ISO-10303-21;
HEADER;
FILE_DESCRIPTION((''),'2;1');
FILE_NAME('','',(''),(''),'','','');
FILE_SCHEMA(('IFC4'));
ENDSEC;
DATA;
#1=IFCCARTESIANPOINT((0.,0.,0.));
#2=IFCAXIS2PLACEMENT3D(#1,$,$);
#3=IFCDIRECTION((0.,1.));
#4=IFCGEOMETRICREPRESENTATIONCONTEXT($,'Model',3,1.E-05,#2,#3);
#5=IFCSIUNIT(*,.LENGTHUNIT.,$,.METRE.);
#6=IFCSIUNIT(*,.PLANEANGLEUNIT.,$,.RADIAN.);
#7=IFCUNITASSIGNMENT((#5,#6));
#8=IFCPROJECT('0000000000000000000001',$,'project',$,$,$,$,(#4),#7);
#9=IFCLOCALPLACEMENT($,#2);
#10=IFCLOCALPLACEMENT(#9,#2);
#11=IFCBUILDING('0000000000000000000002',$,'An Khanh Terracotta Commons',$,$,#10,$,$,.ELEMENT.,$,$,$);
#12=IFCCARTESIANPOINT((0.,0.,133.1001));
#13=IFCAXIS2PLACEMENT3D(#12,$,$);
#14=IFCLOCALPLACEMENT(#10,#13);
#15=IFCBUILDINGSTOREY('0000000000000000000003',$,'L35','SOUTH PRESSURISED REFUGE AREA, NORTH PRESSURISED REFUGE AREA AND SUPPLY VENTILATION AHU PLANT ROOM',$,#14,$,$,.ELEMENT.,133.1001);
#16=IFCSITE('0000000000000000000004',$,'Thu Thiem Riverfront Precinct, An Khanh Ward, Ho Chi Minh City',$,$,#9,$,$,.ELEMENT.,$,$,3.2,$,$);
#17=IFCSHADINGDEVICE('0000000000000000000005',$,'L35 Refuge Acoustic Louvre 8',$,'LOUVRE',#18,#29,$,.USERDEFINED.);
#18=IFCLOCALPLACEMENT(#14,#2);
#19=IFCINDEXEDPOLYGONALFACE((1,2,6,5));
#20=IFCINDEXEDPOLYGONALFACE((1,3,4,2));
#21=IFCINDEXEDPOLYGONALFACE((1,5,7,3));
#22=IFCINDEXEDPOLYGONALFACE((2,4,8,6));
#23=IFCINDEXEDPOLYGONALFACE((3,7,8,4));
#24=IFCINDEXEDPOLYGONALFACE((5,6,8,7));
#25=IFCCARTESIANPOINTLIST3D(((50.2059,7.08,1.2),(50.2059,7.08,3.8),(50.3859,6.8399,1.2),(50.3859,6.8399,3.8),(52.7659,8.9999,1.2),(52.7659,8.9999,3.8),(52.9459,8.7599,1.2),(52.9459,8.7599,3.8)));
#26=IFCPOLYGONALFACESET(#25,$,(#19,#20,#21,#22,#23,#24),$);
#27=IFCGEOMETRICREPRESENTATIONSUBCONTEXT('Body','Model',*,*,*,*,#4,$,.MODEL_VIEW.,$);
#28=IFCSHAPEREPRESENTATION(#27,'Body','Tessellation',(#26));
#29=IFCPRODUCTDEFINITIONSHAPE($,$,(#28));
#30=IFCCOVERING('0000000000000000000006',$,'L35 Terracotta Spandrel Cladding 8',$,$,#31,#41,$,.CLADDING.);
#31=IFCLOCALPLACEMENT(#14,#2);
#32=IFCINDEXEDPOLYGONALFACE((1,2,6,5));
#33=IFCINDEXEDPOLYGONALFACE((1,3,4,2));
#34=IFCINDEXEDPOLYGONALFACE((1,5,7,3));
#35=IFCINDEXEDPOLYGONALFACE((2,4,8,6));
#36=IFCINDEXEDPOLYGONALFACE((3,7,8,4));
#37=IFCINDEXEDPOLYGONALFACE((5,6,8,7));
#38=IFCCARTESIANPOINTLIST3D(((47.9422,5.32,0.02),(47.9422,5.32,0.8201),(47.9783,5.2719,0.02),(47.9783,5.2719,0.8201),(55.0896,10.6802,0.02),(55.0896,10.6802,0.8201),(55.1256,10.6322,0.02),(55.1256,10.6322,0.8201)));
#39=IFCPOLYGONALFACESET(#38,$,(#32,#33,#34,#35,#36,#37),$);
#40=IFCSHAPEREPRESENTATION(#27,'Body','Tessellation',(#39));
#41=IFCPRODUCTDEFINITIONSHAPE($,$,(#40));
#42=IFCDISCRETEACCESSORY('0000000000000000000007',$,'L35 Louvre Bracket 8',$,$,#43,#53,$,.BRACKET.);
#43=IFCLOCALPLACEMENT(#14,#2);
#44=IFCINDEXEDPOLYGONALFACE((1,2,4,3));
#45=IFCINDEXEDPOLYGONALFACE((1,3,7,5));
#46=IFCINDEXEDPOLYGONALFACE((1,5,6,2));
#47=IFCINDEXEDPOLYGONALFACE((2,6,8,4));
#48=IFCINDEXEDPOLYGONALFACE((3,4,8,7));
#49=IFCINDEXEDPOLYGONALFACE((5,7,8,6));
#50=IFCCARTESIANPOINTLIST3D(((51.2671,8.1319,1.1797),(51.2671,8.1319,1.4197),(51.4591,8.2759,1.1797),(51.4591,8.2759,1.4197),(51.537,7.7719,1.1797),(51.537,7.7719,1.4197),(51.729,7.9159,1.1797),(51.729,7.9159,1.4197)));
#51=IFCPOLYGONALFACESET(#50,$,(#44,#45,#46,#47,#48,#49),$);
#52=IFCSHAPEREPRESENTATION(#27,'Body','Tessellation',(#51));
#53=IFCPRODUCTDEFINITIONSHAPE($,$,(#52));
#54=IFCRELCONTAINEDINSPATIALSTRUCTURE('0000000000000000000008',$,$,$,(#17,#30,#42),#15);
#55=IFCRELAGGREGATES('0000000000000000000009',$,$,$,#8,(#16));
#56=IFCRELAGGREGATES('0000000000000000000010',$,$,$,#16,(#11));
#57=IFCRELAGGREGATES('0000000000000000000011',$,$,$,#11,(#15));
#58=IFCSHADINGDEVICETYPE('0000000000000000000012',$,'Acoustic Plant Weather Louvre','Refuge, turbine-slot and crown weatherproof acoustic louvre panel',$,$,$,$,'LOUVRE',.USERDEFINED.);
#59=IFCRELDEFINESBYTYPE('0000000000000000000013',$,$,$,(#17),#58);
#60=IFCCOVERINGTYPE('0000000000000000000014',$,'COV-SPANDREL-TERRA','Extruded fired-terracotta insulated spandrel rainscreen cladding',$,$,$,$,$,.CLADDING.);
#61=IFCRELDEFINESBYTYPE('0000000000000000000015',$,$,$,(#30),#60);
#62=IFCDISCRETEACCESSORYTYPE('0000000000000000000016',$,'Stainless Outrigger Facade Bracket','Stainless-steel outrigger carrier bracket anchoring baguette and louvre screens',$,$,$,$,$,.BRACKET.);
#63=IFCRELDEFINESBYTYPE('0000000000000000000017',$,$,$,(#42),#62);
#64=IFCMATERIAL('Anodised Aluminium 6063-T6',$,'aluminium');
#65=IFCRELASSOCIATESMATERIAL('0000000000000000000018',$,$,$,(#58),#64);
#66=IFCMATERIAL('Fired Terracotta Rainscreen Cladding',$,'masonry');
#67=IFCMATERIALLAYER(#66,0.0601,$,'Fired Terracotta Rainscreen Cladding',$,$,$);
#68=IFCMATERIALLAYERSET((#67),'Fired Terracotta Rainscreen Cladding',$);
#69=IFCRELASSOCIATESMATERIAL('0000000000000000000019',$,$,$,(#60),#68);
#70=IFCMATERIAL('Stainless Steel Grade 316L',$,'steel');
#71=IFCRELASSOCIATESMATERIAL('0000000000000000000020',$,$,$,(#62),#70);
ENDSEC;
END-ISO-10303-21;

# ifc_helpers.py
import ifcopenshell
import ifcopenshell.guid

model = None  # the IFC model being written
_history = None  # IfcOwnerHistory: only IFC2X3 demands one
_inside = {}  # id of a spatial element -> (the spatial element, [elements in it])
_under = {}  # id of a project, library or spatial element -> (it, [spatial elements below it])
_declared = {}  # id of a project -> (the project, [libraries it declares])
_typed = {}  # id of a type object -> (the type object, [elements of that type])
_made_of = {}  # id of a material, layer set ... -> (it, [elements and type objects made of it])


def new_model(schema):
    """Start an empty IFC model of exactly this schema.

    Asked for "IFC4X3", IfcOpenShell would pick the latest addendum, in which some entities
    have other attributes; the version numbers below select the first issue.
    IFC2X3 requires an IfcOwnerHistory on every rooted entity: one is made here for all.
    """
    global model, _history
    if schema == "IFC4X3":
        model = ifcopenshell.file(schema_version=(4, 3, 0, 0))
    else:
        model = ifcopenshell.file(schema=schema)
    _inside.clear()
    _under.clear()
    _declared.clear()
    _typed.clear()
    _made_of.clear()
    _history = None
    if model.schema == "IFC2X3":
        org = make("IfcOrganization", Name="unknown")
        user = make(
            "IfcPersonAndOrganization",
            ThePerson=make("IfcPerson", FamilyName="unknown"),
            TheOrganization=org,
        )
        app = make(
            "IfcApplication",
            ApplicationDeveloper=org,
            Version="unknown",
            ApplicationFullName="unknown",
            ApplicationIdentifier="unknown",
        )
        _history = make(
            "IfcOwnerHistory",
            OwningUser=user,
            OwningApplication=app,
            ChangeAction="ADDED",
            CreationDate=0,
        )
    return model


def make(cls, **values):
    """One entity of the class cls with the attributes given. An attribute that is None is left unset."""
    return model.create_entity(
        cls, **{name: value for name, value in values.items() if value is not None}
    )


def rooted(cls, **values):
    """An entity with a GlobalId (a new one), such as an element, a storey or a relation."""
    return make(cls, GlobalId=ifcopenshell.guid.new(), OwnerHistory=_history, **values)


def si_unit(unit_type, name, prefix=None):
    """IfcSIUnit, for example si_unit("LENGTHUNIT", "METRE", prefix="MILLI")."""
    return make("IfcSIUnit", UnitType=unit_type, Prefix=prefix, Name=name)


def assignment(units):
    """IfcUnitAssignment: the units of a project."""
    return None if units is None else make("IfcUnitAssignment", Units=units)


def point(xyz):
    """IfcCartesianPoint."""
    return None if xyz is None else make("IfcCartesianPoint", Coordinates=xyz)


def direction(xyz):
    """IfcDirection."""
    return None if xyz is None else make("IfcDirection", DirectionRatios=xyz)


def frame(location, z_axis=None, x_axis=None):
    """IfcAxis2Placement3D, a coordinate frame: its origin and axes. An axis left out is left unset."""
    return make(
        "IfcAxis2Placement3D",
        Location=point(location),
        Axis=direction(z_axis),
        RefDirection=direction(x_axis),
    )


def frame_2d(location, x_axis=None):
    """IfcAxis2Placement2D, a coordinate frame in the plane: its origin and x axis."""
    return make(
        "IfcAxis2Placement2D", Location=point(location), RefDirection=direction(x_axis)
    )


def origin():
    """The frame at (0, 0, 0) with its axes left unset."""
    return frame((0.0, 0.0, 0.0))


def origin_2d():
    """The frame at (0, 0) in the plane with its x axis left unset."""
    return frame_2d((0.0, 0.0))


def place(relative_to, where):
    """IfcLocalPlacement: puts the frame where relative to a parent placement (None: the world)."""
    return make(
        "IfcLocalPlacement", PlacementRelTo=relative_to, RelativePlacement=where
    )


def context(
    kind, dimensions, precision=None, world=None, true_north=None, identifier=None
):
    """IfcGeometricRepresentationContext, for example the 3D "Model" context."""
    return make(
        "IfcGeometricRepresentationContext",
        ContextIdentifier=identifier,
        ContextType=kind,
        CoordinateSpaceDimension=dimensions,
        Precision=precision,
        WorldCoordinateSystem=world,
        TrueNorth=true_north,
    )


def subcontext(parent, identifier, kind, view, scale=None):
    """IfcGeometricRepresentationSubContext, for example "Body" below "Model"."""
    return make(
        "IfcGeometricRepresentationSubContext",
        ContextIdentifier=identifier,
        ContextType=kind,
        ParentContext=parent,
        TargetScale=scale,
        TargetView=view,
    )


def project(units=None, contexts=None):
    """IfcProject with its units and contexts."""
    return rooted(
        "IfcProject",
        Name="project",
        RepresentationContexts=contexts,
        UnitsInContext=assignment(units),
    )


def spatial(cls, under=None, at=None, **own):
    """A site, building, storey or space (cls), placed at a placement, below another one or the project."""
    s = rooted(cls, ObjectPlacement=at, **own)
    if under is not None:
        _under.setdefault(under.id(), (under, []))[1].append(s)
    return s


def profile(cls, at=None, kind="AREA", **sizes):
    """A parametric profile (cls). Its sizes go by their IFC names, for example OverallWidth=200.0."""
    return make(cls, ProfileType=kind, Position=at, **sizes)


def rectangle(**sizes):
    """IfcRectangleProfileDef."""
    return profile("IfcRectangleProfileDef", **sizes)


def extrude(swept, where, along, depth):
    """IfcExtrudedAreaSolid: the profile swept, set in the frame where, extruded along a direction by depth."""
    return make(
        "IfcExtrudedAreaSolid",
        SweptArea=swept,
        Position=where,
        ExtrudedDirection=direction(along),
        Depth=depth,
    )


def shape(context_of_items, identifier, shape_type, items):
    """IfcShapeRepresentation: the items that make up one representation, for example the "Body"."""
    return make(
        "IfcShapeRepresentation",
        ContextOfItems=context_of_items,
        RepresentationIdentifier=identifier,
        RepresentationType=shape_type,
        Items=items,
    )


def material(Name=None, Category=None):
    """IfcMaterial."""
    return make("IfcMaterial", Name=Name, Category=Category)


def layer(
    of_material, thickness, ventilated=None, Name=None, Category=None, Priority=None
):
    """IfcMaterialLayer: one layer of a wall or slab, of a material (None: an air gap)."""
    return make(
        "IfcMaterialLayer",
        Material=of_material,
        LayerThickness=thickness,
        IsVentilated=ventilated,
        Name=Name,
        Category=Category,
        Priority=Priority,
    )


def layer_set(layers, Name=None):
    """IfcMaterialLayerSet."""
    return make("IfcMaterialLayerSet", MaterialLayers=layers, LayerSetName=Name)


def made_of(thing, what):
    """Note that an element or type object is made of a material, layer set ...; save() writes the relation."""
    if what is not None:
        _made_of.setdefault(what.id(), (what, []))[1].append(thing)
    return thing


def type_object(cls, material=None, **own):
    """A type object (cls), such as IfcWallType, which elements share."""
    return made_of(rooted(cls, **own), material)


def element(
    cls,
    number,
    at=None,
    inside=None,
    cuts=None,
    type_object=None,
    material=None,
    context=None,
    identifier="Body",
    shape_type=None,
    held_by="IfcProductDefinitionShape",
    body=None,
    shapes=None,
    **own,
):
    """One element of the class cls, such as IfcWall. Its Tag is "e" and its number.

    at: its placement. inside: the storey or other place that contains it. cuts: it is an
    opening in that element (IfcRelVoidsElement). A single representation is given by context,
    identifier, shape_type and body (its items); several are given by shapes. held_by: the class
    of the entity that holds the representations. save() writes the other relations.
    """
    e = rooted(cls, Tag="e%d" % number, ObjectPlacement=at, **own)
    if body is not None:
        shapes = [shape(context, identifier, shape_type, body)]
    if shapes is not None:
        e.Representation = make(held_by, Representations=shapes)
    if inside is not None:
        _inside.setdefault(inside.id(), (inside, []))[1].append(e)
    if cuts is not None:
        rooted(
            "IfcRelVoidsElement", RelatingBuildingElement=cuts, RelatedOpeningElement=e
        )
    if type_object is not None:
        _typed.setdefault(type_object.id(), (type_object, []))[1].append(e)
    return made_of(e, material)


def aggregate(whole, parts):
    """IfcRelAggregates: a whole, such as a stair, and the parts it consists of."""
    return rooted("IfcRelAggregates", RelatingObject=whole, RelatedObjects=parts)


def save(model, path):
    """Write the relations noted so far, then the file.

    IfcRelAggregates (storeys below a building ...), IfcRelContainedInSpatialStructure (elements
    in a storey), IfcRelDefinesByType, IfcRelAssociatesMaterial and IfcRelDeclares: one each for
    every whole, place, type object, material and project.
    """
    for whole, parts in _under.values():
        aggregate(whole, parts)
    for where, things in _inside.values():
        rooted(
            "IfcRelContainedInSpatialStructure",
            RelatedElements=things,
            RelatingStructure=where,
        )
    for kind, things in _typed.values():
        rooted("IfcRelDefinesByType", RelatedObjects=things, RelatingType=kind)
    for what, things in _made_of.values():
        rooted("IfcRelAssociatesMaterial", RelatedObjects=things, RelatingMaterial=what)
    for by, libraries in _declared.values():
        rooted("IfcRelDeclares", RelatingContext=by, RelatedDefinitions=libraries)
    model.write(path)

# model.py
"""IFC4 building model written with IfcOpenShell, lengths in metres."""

from ifc_helpers import new_model, si_unit, direction, frame, origin, origin_2d, place, context, subcontext, project, spatial, rectangle, extrude, material, layer, layer_set, type_object, element, save


model = new_model("IFC4")

# Units and contexts
model_context = context("Model", 3, precision=1e-05, world=origin(), true_north=direction((0.0, 1.0)))
body_context = subcontext(model_context, "Body", "Model", "MODEL_VIEW")
ifc_project = project(units=[si_unit("LENGTHUNIT", "METRE"), si_unit("PLANEANGLEUNIT", "RADIAN")], contexts=[model_context])

# Site, building, storey
site_placement = place(None, origin())
site = spatial("IfcSite", under=ifc_project, at=site_placement, Name="Thu Thiem Riverfront Precinct, An Khanh Ward, Ho Chi Minh City", CompositionType="ELEMENT", RefElevation=3.2)
building_placement = place(site_placement, origin())
building = spatial("IfcBuilding", under=site, at=building_placement, Name="An Khanh Terracotta Commons", CompositionType="ELEMENT")
storey_placement = place(building_placement, frame((0.0, 0.0, 133.1001)))
storey = spatial("IfcBuildingStorey", under=building, at=storey_placement, Name="L35", Description="SOUTH PRESSURISED REFUGE AREA, NORTH PRESSURISED REFUGE AREA AND SUPPLY VENTILATION AHU PLANT ROOM", CompositionType="ELEMENT", Elevation=133.1001)

# Shading device
ifc_material_1 = material(Name="Anodised Aluminium 6063-T6", Category="aluminium")
shading_device_type = type_object("IfcShadingDeviceType", Name="Acoustic Plant Weather Louvre", Description="Refuge, turbine-slot and crown weatherproof acoustic louvre panel", ElementType="LOUVRE", PredefinedType="USERDEFINED", material=ifc_material_1)
shading_device_placement = place(storey_placement, frame((51.5759, 7.9199, 1.2), z_axis=(0.0, 0.0, 1.0), x_axis=(0.800013, 0.599983, 0.0)))
element("IfcShadingDevice", 1, at=shading_device_placement, inside=storey, type_object=shading_device_type, Name="L35 Refuge Acoustic Louvre 8", ObjectType="LOUVRE", PredefinedType="USERDEFINED", context=body_context, shape_type="SweptSolid", body=[
    extrude(rectangle(XDim=3.2, YDim=0.3, at=origin_2d()), origin(), (0.0, 0.0, 1.0), 2.6001),
])

# Covering
ifc_material_2 = material(Name="Fired Terracotta Rainscreen Cladding", Category="masonry")
ifc_layer_1 = layer(ifc_material_2, 0.0601, Name="Fired Terracotta Rainscreen Cladding")
ifc_layer_set_1 = layer_set([ifc_layer_1], Name="Fired Terracotta Rainscreen Cladding")
covering_type = type_object("IfcCoveringType", Name="COV-SPANDREL-TERRA", Description="Extruded fired-terracotta insulated spandrel rainscreen cladding", PredefinedType="CLADDING", material=ifc_layer_set_1)
covering_placement = place(storey_placement, frame((51.5339, 7.9761, 0.02), z_axis=(0.0, 0.0, 1.0), x_axis=(0.800013, 0.599983, 0.0)))
element("IfcCovering", 2, at=covering_placement, inside=storey, type_object=covering_type, Name="L35 Terracotta Spandrel Cladding 8", PredefinedType="CLADDING", context=body_context, shape_type="SweptSolid", body=[
    extrude(rectangle(XDim=8.9341, YDim=0.0601, at=origin_2d()), origin(), (0.0, 0.0, 1.0), 0.8),
])

# Discrete accessory
ifc_material_3 = material(Name="Stainless Steel Grade 316L", Category="steel")
discrete_accessory_type = type_object("IfcDiscreteAccessoryType", Name="Stainless Outrigger Facade Bracket", Description="Stainless-steel outrigger carrier bracket anchoring baguette and louvre screens", PredefinedType="BRACKET", material=ifc_material_3)
discrete_accessory_placement = place(storey_placement, frame((51.498, 8.0239, 1.1797), z_axis=(0.0, 0.0, 1.0), x_axis=(0.800013, 0.599983, 0.0)))
element("IfcDiscreteAccessory", 3, at=discrete_accessory_placement, inside=storey, type_object=discrete_accessory_type, Name="L35 Louvre Bracket 8", PredefinedType="BRACKET", context=body_context, shape_type="SweptSolid", body=[
    extrude(rectangle(XDim=0.24, YDim=0.45, at=origin_2d()), origin(), (0.0, 0.0, 1.0), 0.24),
])

save(model, "model.ifc")
